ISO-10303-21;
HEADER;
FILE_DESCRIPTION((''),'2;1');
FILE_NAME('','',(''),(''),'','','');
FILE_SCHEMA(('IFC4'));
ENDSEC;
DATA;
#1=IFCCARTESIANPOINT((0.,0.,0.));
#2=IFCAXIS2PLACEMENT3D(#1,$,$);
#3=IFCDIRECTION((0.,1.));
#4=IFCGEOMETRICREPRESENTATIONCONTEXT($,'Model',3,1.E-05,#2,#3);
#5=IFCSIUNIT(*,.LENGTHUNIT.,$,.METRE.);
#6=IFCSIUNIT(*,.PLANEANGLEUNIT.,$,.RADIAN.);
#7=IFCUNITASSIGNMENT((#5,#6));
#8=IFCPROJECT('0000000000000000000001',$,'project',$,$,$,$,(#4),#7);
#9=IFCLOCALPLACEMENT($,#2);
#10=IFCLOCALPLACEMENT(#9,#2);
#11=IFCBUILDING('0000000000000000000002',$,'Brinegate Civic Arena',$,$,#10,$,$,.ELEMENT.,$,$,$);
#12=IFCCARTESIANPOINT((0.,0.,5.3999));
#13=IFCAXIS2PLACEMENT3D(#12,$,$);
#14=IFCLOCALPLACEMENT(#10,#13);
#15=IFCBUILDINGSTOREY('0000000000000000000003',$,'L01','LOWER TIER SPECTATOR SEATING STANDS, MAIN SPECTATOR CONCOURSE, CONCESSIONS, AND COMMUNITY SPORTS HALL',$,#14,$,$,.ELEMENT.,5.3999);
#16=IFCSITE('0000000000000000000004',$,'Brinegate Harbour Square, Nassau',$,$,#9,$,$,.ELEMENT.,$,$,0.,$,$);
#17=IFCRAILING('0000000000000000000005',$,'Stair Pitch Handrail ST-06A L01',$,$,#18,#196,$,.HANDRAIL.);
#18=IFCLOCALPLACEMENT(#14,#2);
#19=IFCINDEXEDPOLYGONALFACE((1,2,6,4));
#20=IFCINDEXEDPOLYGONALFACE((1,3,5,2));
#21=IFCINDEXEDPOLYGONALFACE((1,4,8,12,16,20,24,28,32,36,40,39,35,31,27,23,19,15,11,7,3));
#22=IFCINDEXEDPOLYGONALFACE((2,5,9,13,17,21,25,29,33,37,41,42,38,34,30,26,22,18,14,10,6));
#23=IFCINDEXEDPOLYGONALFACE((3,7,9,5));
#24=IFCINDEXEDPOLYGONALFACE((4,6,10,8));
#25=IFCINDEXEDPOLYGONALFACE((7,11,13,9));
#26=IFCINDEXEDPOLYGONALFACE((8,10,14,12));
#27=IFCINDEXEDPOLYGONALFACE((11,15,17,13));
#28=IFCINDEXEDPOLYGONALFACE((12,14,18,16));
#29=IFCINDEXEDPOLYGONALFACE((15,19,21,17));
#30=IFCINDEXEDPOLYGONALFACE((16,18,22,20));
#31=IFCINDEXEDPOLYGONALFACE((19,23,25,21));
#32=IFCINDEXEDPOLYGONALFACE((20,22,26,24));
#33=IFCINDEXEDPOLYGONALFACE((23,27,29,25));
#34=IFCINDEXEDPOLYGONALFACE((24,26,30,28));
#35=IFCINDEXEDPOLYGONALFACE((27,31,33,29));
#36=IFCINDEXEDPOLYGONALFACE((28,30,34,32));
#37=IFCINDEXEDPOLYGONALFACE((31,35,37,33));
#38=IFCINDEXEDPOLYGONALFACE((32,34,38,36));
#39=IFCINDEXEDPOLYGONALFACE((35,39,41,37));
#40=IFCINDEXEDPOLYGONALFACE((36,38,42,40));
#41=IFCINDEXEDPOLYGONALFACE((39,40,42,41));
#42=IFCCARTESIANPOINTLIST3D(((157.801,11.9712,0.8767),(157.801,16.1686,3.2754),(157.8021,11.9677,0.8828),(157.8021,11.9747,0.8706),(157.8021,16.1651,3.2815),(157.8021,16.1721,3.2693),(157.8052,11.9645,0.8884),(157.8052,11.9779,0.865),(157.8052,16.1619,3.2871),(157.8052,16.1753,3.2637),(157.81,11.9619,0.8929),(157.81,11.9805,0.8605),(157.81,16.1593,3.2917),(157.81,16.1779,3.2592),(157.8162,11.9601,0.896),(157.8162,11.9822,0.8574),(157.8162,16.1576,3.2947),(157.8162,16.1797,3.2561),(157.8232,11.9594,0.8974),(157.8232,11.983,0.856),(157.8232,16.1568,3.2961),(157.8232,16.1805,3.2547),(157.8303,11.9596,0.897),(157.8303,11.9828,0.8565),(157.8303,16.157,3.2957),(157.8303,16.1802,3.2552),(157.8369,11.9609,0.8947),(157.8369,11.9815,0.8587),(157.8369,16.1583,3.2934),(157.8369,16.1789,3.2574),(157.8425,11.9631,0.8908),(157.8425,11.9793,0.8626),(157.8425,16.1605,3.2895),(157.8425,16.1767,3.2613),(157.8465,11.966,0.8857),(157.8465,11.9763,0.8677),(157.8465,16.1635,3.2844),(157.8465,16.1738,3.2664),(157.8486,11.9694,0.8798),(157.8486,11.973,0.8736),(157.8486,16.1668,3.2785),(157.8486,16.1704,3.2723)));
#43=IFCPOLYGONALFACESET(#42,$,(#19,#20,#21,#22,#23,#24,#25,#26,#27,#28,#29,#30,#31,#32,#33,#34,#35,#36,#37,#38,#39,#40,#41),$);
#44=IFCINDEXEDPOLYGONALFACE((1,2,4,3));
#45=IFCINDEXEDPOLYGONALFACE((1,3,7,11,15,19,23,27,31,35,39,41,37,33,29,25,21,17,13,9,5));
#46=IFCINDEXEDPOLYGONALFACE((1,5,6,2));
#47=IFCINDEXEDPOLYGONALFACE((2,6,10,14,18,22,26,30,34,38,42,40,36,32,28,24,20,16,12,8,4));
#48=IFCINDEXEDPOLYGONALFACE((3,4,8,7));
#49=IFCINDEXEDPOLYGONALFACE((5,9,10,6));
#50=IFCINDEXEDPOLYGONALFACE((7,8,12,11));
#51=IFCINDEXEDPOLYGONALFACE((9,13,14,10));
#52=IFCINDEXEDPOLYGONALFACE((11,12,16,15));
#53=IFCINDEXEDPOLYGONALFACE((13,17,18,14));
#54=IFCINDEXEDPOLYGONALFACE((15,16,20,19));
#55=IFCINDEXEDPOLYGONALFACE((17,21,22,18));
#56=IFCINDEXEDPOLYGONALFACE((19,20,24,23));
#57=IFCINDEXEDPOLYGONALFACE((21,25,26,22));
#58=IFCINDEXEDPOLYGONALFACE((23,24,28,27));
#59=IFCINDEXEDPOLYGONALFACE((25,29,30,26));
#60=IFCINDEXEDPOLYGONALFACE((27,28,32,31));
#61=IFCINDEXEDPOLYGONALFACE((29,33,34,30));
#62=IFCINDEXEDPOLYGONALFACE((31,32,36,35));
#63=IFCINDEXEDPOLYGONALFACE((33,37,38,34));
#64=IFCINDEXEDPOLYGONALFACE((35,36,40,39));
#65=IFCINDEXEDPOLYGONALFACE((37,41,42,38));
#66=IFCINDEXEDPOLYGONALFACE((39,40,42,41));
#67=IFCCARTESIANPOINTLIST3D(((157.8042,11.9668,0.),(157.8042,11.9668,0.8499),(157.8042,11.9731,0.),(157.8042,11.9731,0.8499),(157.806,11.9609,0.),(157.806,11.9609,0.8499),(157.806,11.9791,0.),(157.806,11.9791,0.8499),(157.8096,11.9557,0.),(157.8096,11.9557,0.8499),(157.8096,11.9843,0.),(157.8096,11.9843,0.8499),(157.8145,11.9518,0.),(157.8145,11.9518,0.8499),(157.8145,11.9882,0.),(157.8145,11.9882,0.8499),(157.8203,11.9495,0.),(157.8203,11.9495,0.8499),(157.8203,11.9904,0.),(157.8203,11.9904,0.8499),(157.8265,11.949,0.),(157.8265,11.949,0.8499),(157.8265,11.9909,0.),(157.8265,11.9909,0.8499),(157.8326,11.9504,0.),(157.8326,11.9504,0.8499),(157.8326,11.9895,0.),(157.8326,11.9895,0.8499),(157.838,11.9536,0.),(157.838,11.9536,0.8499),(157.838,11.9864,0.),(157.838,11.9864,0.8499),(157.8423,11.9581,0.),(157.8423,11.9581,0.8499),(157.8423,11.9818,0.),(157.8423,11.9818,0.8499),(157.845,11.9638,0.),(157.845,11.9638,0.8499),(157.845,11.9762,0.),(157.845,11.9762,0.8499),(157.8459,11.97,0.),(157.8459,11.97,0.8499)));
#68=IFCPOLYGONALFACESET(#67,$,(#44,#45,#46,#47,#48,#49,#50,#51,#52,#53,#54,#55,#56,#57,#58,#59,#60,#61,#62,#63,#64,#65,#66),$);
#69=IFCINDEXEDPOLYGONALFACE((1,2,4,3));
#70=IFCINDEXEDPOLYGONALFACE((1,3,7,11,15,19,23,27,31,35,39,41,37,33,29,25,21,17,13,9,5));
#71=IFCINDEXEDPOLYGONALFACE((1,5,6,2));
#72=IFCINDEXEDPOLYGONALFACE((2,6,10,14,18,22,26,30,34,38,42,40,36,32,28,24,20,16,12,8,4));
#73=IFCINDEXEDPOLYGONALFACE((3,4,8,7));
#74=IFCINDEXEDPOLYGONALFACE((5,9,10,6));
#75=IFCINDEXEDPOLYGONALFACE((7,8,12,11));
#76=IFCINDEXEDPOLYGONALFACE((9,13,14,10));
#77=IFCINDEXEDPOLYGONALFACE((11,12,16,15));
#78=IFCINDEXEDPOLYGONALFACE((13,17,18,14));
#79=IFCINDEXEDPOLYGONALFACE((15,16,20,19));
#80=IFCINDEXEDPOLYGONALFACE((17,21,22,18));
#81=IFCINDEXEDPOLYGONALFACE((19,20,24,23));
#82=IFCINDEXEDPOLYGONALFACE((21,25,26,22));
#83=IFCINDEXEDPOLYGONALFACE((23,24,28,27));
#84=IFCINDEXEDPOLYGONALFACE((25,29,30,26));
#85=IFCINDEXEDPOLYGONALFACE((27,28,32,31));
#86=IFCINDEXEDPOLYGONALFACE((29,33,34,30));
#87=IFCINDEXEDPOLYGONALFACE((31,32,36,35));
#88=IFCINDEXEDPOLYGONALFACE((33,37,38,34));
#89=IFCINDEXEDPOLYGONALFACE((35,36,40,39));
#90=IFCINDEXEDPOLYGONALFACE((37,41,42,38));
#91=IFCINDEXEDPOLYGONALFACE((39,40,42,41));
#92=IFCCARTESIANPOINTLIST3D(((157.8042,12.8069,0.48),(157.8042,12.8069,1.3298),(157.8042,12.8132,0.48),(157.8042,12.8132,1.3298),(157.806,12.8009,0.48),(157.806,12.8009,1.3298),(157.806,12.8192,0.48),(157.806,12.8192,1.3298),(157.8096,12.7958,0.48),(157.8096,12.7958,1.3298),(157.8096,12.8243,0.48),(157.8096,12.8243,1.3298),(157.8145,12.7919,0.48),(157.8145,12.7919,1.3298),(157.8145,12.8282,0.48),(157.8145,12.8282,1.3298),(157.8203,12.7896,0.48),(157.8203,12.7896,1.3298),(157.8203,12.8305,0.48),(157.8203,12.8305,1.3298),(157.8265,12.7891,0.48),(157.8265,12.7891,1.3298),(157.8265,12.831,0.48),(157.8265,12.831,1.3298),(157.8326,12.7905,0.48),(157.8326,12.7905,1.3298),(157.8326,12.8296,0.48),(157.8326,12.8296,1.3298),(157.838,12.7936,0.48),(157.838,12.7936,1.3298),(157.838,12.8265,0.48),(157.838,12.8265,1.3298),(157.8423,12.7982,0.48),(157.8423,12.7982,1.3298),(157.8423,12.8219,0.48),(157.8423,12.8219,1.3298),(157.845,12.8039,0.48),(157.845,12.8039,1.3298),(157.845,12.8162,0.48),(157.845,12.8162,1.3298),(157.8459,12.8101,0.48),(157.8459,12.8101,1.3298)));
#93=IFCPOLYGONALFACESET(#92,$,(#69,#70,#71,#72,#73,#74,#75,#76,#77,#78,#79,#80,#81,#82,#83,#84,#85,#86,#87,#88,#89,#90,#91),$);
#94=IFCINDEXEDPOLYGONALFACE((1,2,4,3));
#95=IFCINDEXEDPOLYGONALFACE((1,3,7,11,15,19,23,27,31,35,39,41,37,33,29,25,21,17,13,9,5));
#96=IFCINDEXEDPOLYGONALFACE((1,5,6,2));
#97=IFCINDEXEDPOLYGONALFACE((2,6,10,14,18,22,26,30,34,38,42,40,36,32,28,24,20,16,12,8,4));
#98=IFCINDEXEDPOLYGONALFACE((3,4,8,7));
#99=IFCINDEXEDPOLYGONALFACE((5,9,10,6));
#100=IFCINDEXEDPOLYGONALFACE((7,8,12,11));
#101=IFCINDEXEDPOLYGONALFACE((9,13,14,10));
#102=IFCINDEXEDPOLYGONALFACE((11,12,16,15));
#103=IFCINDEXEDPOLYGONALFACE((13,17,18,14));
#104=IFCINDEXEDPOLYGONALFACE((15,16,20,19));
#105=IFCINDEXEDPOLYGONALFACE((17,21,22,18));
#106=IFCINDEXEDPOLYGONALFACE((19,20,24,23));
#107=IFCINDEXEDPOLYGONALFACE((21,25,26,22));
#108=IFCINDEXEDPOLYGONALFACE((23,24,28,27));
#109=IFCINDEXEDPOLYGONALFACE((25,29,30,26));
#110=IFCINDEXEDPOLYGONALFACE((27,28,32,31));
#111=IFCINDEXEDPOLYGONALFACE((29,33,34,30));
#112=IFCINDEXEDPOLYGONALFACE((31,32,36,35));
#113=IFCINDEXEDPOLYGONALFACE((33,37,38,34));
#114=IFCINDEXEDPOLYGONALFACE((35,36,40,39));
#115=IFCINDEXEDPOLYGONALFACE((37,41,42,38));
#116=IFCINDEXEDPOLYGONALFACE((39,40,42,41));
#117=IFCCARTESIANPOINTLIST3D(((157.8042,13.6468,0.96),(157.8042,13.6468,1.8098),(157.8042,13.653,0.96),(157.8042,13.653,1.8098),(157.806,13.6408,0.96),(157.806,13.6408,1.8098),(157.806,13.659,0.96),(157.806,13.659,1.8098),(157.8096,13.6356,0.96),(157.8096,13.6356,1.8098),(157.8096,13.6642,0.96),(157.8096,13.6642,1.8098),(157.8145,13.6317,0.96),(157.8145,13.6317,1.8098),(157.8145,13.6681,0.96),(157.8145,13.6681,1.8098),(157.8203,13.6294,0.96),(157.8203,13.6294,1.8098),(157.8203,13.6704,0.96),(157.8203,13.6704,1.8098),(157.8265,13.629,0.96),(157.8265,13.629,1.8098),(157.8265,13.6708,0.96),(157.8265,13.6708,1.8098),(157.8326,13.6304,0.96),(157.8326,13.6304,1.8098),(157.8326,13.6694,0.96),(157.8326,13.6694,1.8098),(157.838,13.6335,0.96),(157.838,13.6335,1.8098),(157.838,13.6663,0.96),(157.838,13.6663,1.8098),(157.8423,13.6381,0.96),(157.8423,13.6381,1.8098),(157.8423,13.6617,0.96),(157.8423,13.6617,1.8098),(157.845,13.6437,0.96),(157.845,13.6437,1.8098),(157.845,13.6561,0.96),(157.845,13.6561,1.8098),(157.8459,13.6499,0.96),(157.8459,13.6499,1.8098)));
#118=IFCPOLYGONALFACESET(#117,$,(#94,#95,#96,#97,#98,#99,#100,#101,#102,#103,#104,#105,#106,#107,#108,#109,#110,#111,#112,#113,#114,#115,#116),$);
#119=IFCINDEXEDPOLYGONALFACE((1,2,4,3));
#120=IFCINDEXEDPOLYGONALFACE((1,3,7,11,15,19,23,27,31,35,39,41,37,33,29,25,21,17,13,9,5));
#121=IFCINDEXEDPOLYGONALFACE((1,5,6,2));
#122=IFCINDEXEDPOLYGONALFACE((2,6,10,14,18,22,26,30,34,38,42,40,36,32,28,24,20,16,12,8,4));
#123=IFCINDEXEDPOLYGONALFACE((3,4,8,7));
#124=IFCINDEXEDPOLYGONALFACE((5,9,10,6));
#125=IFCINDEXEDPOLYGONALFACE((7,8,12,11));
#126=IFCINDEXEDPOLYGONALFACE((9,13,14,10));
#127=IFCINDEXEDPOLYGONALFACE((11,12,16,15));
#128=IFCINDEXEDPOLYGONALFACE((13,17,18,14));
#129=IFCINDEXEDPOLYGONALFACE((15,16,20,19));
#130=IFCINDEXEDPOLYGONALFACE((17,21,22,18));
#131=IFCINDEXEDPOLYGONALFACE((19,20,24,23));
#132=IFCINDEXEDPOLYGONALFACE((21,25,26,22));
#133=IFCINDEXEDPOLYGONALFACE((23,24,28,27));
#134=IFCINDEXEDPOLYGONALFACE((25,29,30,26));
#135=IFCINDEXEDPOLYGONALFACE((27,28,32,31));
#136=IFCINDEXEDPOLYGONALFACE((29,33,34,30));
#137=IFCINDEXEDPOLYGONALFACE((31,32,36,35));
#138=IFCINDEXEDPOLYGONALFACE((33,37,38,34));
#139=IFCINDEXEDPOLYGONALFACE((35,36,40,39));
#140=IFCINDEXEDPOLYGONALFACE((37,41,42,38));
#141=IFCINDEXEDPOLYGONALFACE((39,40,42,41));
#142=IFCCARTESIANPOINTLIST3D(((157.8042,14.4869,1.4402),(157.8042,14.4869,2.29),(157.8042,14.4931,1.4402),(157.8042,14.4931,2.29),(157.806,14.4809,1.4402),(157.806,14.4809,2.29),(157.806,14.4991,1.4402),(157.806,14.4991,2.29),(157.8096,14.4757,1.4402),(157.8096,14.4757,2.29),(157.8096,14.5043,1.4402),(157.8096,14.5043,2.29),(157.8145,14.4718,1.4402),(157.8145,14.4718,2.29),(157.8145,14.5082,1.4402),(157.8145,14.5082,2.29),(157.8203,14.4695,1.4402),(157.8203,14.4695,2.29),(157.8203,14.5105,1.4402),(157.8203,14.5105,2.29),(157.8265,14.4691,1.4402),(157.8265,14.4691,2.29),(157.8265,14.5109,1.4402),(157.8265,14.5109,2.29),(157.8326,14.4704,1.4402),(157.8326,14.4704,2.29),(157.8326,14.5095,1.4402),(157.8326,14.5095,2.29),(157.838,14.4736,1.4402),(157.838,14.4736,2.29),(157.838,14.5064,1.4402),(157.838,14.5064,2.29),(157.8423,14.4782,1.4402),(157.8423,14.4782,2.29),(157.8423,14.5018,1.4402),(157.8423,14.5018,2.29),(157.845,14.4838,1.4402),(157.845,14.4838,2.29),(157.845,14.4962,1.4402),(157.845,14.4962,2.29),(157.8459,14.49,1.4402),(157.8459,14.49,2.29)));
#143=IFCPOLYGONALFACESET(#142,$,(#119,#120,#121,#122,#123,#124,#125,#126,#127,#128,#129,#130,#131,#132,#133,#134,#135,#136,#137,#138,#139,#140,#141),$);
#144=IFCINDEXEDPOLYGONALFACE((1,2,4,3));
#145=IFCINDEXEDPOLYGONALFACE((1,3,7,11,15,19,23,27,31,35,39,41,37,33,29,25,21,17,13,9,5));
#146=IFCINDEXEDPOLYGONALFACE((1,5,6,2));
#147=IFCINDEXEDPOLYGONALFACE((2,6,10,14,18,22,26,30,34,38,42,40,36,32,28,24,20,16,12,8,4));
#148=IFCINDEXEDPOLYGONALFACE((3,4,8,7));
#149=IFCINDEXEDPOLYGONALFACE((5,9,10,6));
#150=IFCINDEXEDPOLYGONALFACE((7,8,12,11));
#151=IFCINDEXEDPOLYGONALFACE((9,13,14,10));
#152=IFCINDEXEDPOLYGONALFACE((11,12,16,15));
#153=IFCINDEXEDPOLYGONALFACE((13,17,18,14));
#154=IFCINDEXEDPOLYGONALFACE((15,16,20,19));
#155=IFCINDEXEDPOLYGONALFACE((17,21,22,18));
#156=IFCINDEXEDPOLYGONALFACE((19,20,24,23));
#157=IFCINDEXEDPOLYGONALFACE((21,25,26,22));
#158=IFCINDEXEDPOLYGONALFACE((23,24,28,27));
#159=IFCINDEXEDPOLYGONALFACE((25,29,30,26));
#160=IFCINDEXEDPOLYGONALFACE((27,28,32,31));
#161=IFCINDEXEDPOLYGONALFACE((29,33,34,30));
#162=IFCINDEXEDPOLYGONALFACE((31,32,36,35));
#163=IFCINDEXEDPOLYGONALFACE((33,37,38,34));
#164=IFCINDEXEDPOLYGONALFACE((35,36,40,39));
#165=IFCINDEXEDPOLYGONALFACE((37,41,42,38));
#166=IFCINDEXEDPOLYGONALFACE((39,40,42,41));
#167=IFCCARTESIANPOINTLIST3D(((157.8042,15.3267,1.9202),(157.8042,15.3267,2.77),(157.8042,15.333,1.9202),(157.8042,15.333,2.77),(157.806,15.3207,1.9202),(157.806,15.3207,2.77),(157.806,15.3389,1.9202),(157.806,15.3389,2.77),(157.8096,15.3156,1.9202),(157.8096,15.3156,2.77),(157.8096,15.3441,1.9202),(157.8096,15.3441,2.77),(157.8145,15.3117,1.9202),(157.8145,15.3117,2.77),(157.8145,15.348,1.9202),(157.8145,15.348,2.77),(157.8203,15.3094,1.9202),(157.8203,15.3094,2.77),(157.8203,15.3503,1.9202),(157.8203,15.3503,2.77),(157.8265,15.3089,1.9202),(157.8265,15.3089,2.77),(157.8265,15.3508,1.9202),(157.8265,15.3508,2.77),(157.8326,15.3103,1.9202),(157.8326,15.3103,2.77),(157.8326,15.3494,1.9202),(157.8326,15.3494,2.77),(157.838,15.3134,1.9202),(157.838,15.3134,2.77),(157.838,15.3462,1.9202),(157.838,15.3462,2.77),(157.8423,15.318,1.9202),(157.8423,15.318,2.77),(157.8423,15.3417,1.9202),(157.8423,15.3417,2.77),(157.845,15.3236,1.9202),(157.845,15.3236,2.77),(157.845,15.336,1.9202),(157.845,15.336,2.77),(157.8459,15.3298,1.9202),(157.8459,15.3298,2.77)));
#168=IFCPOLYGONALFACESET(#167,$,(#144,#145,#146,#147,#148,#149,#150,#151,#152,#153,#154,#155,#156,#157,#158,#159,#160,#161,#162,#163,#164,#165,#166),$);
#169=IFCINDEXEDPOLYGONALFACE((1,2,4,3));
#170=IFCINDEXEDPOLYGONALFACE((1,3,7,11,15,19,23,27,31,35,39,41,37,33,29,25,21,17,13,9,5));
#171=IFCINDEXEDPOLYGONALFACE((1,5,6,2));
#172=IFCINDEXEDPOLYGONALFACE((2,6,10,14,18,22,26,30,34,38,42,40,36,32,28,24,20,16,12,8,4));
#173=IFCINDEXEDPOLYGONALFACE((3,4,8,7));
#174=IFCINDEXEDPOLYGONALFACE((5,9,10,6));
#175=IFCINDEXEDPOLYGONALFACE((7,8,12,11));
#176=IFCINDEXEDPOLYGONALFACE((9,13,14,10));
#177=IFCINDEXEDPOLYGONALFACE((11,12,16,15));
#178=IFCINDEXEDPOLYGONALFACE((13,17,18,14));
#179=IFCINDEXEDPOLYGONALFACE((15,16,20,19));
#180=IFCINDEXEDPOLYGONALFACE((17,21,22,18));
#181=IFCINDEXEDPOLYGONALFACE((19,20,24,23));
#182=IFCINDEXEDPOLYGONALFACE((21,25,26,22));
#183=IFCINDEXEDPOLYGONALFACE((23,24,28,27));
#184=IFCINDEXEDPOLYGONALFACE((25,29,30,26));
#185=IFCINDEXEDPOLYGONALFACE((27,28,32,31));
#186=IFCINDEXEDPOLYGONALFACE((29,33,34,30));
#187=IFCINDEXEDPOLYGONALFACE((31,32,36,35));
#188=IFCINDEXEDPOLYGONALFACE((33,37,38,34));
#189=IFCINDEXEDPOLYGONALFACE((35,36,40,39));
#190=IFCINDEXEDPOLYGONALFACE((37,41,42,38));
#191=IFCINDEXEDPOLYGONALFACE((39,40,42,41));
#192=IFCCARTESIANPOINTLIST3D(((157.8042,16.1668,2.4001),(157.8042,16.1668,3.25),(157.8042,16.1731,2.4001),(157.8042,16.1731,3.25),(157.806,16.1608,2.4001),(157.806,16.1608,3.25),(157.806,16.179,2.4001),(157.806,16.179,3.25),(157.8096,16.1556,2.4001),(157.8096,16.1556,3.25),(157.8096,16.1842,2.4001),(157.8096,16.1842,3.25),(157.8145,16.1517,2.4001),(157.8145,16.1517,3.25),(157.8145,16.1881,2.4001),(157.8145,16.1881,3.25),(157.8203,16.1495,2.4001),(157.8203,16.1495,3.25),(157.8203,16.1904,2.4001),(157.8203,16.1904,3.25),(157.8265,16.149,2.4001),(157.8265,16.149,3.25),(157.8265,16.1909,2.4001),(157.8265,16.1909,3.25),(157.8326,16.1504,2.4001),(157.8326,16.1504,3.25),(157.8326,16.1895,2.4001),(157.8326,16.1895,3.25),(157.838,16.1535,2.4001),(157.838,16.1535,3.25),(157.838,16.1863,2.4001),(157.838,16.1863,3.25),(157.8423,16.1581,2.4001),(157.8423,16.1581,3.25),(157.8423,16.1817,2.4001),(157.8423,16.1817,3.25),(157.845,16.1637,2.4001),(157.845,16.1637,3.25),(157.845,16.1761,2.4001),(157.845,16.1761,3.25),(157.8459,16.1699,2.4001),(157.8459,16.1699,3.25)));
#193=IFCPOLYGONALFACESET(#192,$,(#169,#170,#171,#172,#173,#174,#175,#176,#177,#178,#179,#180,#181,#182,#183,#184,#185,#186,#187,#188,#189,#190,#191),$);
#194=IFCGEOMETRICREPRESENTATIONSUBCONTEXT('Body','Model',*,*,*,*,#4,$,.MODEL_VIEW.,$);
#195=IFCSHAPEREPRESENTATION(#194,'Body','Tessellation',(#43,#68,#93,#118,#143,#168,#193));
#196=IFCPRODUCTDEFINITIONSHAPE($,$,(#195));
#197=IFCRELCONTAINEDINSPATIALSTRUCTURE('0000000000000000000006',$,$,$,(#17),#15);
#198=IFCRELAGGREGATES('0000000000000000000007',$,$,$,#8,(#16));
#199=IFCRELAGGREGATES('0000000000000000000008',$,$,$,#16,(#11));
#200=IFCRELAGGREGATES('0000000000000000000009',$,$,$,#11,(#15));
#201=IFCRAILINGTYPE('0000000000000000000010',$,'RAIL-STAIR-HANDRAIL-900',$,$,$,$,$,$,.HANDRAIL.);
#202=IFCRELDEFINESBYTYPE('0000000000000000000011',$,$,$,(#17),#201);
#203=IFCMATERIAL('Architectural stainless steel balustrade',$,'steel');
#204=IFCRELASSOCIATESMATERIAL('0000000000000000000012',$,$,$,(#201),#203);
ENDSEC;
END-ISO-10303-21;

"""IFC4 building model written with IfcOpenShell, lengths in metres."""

from ifc_helpers import new_model, si_unit, direction, frame, origin, origin_2d, place, context, subcontext, project, spatial, circle, extrude, material, type_object, element, save


model = new_model("IFC4")

# Units and contexts
model_context = context("Model", 3, precision=1e-05, world=origin(), true_north=direction((0.0, 1.0)))
body_context = subcontext(model_context, "Body", "Model", "MODEL_VIEW")
ifc_project = project(units=[si_unit("LENGTHUNIT", "METRE"), si_unit("PLANEANGLEUNIT", "RADIAN")], contexts=[model_context])

# Site, building, storey
site_placement = place(None, origin())
site = spatial("IfcSite", under=ifc_project, at=site_placement, Name="Brinegate Harbour Square, Nassau", CompositionType="ELEMENT", RefElevation=0.0)
building_placement = place(site_placement, origin())
building = spatial("IfcBuilding", under=site, at=building_placement, Name="Brinegate Civic Arena", CompositionType="ELEMENT")
storey_placement = place(building_placement, frame((0.0, 0.0, 5.3999)))
storey = spatial("IfcBuildingStorey", under=building, at=storey_placement, Name="L01", Description="LOWER TIER SPECTATOR SEATING STANDS, MAIN SPECTATOR CONCOURSE, CONCESSIONS, AND COMMUNITY SPORTS HALL", CompositionType="ELEMENT", Elevation=5.3999)

# Railing
ifc_material_1 = material(Name="Architectural stainless steel balustrade", Category="steel")
railing_type_1 = type_object("IfcRailingType", Name="RAIL-STAIR-HANDRAIL-900", PredefinedType="HANDRAIL", material=ifc_material_1)
for number, where, name in (
    (1, (157.825, 11.97, 0.0), "Stair Pitch Handrail ST-06A L01"),
):
    element("IfcRailing", number, at=place(storey_placement, frame(where)), inside=storey, type_object=railing_type_1, Name=name, PredefinedType="HANDRAIL", context=body_context, shape_type="SweptSolid", body=[
        extrude(circle(Radius=0.0239, at=origin_2d()), frame((0.0, 0.0012, 0.8767), z_axis=(0.0, 0.868228, 0.496166), x_axis=(-1.0, 0.0, 0.0)), (0.0, 0.0, 1.0), 4.8345),
        extrude(circle(Radius=0.021, at=origin_2d()), origin(), (0.0, 0.0, 1.0), 0.8499),
        extrude(circle(Radius=0.021, at=origin_2d()), frame((0.0, 0.8401, 0.48)), (0.0, 0.0, 1.0), 0.8499),
        extrude(circle(Radius=0.021, at=origin_2d()), frame((0.0, 1.6799, 0.96)), (0.0, 0.0, 1.0), 0.8499),
        extrude(circle(Radius=0.021, at=origin_2d()), frame((0.0, 2.52, 1.4402)), (0.0, 0.0, 1.0), 0.8499),
        extrude(circle(Radius=0.021, at=origin_2d()), frame((0.0, 3.3599, 1.9202)), (0.0, 0.0, 1.0), 0.8499),
        extrude(circle(Radius=0.021, at=origin_2d()), frame((0.0, 4.2, 2.4001)), (0.0, 0.0, 1.0), 0.8499),
    ])

save(model, "model.ifc")
